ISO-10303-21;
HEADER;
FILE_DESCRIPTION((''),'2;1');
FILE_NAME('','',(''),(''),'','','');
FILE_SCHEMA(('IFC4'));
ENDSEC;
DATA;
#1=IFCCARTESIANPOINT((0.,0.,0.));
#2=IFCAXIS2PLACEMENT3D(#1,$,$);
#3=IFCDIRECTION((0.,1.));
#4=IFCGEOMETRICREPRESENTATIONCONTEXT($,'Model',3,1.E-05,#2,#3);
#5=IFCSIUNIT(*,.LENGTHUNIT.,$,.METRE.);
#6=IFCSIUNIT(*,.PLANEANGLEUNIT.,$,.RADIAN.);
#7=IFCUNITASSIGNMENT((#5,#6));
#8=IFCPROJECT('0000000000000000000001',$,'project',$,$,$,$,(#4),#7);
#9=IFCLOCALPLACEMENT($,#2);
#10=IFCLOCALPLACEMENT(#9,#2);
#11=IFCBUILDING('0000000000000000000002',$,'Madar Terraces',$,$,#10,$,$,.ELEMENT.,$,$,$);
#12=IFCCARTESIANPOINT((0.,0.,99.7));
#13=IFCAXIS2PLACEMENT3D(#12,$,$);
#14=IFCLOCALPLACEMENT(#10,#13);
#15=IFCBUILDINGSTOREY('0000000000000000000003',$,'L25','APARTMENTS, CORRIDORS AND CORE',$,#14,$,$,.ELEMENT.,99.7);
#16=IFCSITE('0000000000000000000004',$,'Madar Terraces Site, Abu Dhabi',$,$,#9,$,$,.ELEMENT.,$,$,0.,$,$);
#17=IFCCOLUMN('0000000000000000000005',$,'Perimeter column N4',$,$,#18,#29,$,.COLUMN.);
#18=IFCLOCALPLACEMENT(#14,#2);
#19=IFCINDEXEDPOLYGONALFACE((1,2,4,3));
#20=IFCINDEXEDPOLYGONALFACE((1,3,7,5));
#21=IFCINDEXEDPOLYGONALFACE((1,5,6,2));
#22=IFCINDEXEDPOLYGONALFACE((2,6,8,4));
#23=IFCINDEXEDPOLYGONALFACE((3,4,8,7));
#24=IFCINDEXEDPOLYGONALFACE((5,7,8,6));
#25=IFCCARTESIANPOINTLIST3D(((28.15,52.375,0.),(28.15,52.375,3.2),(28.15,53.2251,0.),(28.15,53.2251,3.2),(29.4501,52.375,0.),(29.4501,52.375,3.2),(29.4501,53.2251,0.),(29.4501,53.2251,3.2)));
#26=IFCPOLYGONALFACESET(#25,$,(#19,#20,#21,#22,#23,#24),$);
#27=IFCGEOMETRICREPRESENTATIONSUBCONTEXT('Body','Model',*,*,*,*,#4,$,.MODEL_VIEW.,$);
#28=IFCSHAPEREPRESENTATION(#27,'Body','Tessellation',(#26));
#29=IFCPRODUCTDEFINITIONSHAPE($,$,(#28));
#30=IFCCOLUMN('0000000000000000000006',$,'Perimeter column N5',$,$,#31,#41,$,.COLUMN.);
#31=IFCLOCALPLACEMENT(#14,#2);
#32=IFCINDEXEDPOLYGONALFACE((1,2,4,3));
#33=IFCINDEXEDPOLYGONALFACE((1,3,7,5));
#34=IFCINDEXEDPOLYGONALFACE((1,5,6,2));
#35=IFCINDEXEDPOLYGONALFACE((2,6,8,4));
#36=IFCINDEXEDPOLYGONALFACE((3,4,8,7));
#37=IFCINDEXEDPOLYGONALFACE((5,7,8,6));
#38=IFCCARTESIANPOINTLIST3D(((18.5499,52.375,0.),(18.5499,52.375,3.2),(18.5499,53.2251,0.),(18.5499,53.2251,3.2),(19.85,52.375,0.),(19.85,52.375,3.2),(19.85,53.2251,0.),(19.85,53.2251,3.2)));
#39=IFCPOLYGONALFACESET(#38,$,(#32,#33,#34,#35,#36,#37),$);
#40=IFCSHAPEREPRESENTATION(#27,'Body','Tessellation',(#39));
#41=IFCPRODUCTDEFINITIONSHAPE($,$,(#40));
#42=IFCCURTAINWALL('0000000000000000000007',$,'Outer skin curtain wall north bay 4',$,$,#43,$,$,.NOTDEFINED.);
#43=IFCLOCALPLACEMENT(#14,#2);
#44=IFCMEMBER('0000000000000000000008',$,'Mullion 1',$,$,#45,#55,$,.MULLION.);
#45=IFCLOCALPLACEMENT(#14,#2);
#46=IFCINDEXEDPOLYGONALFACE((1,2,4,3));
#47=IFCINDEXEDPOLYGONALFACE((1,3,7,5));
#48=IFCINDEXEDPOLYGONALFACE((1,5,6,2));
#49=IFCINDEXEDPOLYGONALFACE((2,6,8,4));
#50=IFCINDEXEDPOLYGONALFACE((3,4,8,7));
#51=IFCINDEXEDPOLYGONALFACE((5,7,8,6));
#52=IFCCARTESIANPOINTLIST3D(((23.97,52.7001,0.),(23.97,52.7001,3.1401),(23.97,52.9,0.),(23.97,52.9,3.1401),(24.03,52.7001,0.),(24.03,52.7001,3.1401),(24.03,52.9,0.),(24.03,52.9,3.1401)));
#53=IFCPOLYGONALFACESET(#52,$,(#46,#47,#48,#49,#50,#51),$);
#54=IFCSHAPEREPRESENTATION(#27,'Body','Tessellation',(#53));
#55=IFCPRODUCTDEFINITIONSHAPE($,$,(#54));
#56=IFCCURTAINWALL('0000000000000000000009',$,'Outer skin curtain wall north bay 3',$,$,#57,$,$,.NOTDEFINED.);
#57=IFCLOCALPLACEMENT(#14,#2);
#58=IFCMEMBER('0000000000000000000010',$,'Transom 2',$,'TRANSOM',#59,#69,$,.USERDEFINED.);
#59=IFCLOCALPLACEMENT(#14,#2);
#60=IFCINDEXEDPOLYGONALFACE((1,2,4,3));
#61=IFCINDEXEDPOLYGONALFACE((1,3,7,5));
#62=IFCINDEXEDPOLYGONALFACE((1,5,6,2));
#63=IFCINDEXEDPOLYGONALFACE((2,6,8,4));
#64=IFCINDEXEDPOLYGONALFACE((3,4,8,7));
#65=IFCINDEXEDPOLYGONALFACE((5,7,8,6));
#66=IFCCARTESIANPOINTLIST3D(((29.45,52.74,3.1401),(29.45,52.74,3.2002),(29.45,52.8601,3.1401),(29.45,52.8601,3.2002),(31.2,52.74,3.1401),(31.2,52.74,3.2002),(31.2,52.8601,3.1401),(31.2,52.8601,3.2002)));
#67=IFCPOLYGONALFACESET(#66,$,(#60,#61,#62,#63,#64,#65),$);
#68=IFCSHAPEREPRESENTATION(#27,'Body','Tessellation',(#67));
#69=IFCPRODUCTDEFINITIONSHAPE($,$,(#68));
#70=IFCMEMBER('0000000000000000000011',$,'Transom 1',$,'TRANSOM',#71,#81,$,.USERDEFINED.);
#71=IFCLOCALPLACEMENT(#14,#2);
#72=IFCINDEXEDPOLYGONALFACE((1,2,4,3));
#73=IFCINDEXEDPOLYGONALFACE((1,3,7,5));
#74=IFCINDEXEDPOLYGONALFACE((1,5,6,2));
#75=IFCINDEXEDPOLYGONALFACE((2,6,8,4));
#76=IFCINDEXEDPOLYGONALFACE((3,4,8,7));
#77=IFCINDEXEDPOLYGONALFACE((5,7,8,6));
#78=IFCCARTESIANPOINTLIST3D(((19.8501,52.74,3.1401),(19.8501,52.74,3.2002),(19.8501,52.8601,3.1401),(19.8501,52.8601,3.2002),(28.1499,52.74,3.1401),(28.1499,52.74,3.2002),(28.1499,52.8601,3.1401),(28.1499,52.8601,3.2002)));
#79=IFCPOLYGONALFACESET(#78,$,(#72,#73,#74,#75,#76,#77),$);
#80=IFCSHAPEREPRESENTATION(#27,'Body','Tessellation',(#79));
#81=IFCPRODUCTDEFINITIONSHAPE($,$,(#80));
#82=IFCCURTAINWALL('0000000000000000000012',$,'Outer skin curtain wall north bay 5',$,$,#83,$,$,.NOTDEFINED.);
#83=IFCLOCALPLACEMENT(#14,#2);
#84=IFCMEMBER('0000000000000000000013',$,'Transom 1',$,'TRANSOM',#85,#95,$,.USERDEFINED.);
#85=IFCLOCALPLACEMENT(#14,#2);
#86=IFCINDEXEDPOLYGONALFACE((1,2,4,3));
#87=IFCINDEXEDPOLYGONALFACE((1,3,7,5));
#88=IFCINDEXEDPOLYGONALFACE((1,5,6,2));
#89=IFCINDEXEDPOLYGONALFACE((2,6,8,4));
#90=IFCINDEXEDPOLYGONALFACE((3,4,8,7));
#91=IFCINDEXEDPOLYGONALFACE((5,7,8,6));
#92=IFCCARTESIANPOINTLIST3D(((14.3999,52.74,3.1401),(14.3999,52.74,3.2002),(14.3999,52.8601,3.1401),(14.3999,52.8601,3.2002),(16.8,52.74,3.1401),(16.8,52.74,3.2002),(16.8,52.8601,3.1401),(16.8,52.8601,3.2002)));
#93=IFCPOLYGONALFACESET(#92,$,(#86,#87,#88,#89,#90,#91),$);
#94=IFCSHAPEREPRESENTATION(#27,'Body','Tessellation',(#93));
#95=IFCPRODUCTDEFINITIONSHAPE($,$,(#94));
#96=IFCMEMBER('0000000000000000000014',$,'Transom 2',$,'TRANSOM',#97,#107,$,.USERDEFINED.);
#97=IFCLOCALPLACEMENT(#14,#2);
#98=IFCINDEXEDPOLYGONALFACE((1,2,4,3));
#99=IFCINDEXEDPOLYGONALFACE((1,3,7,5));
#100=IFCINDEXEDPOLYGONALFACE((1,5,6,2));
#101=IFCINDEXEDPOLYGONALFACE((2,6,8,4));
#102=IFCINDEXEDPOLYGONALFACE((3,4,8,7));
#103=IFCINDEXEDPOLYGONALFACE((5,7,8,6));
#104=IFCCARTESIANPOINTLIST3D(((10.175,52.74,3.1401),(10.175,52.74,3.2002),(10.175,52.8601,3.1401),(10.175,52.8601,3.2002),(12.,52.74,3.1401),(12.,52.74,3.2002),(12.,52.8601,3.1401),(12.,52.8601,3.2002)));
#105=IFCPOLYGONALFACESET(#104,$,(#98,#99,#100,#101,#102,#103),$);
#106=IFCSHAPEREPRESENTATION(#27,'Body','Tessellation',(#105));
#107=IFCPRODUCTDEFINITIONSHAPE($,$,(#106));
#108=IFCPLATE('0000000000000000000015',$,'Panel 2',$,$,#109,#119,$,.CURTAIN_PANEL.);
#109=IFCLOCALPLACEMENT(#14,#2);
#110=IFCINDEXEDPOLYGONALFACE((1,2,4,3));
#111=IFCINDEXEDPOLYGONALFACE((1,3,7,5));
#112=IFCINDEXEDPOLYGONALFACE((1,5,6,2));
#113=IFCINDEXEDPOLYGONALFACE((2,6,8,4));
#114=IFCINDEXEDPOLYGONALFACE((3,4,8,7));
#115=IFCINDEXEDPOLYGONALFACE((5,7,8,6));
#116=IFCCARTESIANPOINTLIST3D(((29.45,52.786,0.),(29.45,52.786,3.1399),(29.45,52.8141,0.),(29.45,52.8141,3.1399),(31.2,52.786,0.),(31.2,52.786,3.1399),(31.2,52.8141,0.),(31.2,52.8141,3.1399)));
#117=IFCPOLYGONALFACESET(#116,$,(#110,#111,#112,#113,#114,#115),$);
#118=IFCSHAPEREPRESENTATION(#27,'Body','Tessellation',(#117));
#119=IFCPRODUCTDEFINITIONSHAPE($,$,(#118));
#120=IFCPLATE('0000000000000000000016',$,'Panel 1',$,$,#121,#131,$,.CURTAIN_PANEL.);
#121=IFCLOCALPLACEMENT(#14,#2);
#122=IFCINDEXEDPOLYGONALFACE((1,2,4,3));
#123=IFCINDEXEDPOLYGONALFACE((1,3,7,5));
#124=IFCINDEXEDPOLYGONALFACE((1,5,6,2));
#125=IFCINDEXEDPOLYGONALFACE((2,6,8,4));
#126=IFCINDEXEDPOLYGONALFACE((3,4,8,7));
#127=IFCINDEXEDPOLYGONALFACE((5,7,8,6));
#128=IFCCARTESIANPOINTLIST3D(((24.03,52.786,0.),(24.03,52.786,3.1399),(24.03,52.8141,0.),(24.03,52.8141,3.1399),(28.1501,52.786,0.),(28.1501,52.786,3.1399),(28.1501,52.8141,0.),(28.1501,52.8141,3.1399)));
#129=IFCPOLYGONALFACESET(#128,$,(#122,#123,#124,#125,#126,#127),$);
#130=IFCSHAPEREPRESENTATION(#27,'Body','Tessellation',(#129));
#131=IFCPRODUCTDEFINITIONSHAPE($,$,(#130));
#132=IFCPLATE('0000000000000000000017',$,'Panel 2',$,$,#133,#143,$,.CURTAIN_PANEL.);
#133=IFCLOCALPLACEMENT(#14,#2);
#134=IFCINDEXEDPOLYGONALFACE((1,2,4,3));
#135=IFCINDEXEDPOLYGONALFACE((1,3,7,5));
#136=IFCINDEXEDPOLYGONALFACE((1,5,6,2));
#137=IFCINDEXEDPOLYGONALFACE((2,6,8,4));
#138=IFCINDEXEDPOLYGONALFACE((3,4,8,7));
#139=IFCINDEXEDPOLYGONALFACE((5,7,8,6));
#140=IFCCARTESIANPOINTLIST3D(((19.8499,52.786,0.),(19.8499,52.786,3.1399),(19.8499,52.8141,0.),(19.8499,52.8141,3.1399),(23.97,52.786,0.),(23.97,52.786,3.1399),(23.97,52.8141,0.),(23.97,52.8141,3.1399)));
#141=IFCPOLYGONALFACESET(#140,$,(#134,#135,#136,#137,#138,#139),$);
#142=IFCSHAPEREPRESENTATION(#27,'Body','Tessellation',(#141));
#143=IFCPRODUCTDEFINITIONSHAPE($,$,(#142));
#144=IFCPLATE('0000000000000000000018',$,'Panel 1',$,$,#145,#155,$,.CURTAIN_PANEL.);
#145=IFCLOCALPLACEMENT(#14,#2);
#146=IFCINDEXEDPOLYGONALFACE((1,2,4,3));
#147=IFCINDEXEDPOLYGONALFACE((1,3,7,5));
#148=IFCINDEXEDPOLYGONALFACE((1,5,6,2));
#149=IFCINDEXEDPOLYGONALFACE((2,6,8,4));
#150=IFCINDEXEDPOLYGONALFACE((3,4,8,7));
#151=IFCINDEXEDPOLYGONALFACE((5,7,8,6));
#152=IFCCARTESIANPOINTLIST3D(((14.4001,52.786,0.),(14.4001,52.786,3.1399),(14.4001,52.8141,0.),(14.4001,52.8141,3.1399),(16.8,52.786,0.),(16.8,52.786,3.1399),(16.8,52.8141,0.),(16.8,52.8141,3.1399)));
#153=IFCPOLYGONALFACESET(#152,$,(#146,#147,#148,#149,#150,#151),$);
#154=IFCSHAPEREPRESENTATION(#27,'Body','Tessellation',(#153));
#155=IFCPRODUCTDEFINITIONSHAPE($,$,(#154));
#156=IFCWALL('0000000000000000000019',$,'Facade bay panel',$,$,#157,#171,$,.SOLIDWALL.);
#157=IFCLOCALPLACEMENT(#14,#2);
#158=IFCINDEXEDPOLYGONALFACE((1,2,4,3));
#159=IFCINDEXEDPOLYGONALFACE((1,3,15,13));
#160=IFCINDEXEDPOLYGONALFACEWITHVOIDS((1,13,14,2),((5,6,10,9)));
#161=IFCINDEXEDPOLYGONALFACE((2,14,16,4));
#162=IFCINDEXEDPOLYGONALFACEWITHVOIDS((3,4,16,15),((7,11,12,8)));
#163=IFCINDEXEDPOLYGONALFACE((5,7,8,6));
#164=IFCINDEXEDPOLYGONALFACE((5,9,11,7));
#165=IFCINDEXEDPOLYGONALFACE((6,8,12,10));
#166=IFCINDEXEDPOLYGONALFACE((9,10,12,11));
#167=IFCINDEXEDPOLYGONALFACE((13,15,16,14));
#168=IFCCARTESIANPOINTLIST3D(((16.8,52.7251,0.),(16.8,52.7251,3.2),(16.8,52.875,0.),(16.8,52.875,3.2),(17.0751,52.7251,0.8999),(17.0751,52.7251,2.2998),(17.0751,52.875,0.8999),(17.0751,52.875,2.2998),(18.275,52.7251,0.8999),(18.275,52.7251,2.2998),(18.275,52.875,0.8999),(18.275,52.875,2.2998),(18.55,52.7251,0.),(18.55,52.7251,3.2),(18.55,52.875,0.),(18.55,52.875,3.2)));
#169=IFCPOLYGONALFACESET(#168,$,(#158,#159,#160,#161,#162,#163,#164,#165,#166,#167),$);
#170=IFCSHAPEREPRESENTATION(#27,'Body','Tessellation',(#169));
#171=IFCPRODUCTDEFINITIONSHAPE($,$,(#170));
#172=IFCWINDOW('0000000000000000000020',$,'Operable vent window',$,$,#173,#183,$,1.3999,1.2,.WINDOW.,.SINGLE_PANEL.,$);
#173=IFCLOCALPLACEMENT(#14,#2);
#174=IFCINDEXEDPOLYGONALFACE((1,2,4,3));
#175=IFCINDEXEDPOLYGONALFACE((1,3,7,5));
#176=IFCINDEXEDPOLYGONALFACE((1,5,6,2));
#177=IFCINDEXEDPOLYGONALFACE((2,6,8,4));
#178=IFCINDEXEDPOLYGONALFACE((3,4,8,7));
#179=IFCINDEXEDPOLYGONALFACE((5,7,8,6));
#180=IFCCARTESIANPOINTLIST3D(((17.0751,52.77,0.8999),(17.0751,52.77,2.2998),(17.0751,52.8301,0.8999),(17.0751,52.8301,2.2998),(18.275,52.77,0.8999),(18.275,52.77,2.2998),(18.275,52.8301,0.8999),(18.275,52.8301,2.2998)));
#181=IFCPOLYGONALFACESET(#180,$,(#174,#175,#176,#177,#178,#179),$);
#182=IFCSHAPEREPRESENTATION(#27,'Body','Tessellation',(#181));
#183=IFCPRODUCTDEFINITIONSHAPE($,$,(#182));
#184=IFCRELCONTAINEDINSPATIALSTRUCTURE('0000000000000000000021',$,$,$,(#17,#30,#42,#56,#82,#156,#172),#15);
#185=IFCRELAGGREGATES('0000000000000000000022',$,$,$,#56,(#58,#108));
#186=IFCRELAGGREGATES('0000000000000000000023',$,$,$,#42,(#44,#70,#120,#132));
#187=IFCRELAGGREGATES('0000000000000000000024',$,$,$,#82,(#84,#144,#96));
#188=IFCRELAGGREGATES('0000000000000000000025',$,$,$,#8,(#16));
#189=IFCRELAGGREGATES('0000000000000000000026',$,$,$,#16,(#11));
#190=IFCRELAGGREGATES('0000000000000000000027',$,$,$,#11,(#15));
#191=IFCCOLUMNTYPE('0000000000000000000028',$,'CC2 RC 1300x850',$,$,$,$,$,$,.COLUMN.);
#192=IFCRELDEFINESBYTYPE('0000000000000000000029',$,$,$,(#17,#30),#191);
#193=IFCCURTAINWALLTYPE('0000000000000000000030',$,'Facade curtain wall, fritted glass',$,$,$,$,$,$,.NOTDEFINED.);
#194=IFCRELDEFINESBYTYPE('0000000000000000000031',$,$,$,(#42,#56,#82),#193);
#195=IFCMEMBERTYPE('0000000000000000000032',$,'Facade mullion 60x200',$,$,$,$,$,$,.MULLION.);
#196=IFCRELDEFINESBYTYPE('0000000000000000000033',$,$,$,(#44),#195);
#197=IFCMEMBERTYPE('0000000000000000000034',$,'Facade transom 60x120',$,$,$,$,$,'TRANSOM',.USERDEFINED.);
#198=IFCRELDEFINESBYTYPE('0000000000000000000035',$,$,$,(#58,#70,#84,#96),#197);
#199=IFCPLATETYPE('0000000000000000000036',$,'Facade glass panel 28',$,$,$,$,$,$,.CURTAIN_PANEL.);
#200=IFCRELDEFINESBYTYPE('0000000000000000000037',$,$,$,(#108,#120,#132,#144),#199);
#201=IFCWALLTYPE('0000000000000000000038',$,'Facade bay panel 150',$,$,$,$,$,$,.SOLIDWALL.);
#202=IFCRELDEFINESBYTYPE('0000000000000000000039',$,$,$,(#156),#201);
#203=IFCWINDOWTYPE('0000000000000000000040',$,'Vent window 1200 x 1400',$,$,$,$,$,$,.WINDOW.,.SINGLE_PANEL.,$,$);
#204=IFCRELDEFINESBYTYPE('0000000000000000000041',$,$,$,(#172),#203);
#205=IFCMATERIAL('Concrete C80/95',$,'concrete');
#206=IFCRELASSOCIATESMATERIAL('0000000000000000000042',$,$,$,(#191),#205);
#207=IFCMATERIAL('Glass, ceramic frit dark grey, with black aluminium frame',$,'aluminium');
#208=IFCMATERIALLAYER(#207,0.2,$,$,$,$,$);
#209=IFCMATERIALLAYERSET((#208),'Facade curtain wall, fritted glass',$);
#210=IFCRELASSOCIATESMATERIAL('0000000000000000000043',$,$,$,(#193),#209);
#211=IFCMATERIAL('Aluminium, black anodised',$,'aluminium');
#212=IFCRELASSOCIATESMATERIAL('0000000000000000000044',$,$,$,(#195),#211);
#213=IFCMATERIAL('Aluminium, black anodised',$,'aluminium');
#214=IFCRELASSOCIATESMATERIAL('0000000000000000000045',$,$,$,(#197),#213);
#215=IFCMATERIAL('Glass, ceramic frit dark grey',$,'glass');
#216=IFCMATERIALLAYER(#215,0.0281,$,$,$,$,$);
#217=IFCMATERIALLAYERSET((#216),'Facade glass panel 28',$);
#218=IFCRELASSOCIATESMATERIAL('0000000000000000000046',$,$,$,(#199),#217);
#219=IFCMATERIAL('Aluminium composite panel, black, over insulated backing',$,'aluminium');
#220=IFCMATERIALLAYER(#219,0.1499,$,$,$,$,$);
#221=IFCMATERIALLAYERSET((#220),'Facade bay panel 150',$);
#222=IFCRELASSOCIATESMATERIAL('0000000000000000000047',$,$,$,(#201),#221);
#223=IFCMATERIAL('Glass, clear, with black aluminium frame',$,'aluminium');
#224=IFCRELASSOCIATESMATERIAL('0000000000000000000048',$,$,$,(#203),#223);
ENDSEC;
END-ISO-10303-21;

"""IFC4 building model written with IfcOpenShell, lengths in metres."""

from ifc_helpers import new_model, si_unit, direction, frame, frame_2d, origin, origin_2d, place, context, subcontext, project, spatial, rectangle, extrude, material, layer, layer_set, material_profile, profile_set, type_object, element, fill, aggregate, save


model = new_model("IFC4")

# Units and contexts
model_context = context("Model", 3, precision=1e-05, world=origin(), true_north=direction((0.0, 1.0)))
body_context = subcontext(model_context, "Body", "Model", "MODEL_VIEW")
ifc_project = project(units=[si_unit("LENGTHUNIT", "METRE"), si_unit("PLANEANGLEUNIT", "RADIAN")], contexts=[model_context])

# Site, building, storey
site_placement = place(None, origin())
site = spatial("IfcSite", under=ifc_project, at=site_placement, Name="Madar Terraces Site, Abu Dhabi", CompositionType="ELEMENT", RefElevation=0.0)
building_placement = place(site_placement, origin())
building = spatial("IfcBuilding", under=site, at=building_placement, Name="Madar Terraces", CompositionType="ELEMENT")
storey_placement = place(building_placement, frame((0.0, 0.0, 99.7)))
storey = spatial("IfcBuildingStorey", under=building, at=storey_placement, Name="L25", Description="APARTMENTS, CORRIDORS AND CORE", CompositionType="ELEMENT", Elevation=99.7)

# Columns
ifc_material_1 = material(Name="Concrete C80/95", Category="concrete")
ifc_material_profile_1 = material_profile(ifc_material_1, rectangle(XDim=1.3, YDim=0.8501, at=origin_2d()), Name="CC2 RC 1300x850")
ifc_profile_set_1 = profile_set([ifc_material_profile_1], Name="Concrete C80/95")
column_type = type_object("IfcColumnType", Name="CC2 RC 1300x850", PredefinedType="COLUMN", material=ifc_profile_set_1)
for number, where, z_axis, x_axis, name in (
    (1, (28.8, 52.8, 0.0), (0.0, 0.0, 1.0), (1.0, 0.0, 0.0), "Perimeter column N4"),
    (2, (19.2, 52.8, 0.0), (0.0, 0.0, 1.0), (1.0, 0.0, 0.0), "Perimeter column N5"),
):
    element("IfcColumn", number, at=place(storey_placement, frame(where, z_axis=z_axis, x_axis=x_axis)), inside=storey, type_object=column_type, Name=name, PredefinedType="COLUMN", context=body_context, shape_type="SweptSolid", body=[
        extrude(rectangle(XDim=1.3, YDim=0.8501, at=origin_2d()), origin(), (0.0, 0.0, 1.0), 3.2),
    ])

# Curtain walls, members
ifc_material_2 = material(Name="Glass, ceramic frit dark grey, with black aluminium frame", Category="aluminium")
ifc_layer_1 = layer(ifc_material_2, 0.2)
ifc_layer_set_1 = layer_set([ifc_layer_1], Name="Facade curtain wall, fritted glass")
curtain_wall_type = type_object("IfcCurtainWallType", Name="Facade curtain wall, fritted glass", PredefinedType="NOTDEFINED", material=ifc_layer_set_1)
curtain_wall_1_placement = place(storey_placement, origin())
curtain_wall_1 = element("IfcCurtainWall", 3, at=curtain_wall_1_placement, inside=storey, type_object=curtain_wall_type, Name="Outer skin curtain wall north bay 4", PredefinedType="NOTDEFINED")
ifc_material_3 = material(Name="Aluminium, black anodised", Category="aluminium")
ifc_material_profile_2 = material_profile(ifc_material_3, rectangle(XDim=0.2, YDim=0.0601, at=origin_2d()), Name="Facade mullion 60x200")
ifc_profile_set_2 = profile_set([ifc_material_profile_2], Name="Aluminium, black anodised")
member_type_1 = type_object("IfcMemberType", Name="Facade mullion 60x200", PredefinedType="MULLION", material=ifc_profile_set_2)
member_1_placement = place(storey_placement, frame((24.0, 52.8, 0.0), z_axis=(0.0, 0.0, 1.0), x_axis=(0.0, -1.0, 0.0)))
member_1 = element("IfcMember", 4, at=member_1_placement, type_object=member_type_1, Name="Mullion 1", PredefinedType="MULLION", context=body_context, shape_type="SweptSolid", body=[
    extrude(rectangle(XDim=0.2, YDim=0.0601, at=origin_2d()), origin(), (0.0, 0.0, 1.0), 3.1401),
])
curtain_wall_2_placement = place(storey_placement, origin())
curtain_wall_2 = element("IfcCurtainWall", 5, at=curtain_wall_2_placement, inside=storey, type_object=curtain_wall_type, Name="Outer skin curtain wall north bay 3", PredefinedType="NOTDEFINED")
ifc_material_4 = material(Name="Aluminium, black anodised", Category="aluminium")
ifc_material_profile_3 = material_profile(ifc_material_4, rectangle(XDim=0.1201, YDim=0.0601, at=origin_2d()), Name="Facade transom 60x120")
ifc_profile_set_3 = profile_set([ifc_material_profile_3], Name="Aluminium, black anodised")
member_type_2 = type_object("IfcMemberType", Name="Facade transom 60x120", ElementType="TRANSOM", PredefinedType="USERDEFINED", material=ifc_profile_set_3)
member_2_placement = place(storey_placement, frame((31.2, 52.8, 3.1702), z_axis=(-1.0, 0.0, 0.0), x_axis=(0.0, -1.0, 0.0)))
member_2 = element("IfcMember", 6, at=member_2_placement, type_object=member_type_2, Name="Transom 2", ObjectType="TRANSOM", PredefinedType="USERDEFINED", context=body_context, shape_type="SweptSolid", body=[
    extrude(rectangle(XDim=0.1201, YDim=0.0601, at=origin_2d()), origin(), (0.0, 0.0, 1.0), 1.75),
])

# Member
member_3_placement = place(storey_placement, frame((28.1499, 52.8, 3.1702), z_axis=(-1.0, 0.0, 0.0), x_axis=(0.0, -1.0, 0.0)))
member_3 = element("IfcMember", 7, at=member_3_placement, type_object=member_type_2, Name="Transom 1", ObjectType="TRANSOM", PredefinedType="USERDEFINED", context=body_context, shape_type="SweptSolid", body=[
    extrude(rectangle(XDim=0.1201, YDim=0.0601, at=origin_2d()), origin(), (0.0, 0.0, 1.0), 8.2998),
])

# Curtain wall, members
curtain_wall_3_placement = place(storey_placement, origin())
curtain_wall_3 = element("IfcCurtainWall", 8, at=curtain_wall_3_placement, inside=storey, type_object=curtain_wall_type, Name="Outer skin curtain wall north bay 5", PredefinedType="NOTDEFINED")
member_4_placement = place(storey_placement, frame((16.8, 52.8, 3.1702), z_axis=(-1.0, 0.0, 0.0), x_axis=(0.0, -1.0, 0.0)))
member_4 = element("IfcMember", 9, at=member_4_placement, type_object=member_type_2, Name="Transom 1", ObjectType="TRANSOM", PredefinedType="USERDEFINED", context=body_context, shape_type="SweptSolid", body=[
    extrude(rectangle(XDim=0.1201, YDim=0.0601, at=origin_2d()), origin(), (0.0, 0.0, 1.0), 2.4001),
])
member_5_placement = place(storey_placement, frame((12.0, 52.8, 3.1702), z_axis=(-1.0, 0.0, 0.0), x_axis=(0.0, -1.0, 0.0)))
member_5 = element("IfcMember", 10, at=member_5_placement, type_object=member_type_2, Name="Transom 2", ObjectType="TRANSOM", PredefinedType="USERDEFINED", context=body_context, shape_type="SweptSolid", body=[
    extrude(rectangle(XDim=0.1201, YDim=0.0601, at=origin_2d()), origin(), (0.0, 0.0, 1.0), 1.825),
])

# Plates
ifc_material_5 = material(Name="Glass, ceramic frit dark grey", Category="glass")
ifc_layer_2 = layer(ifc_material_5, 0.0281)
ifc_layer_set_2 = layer_set([ifc_layer_2], Name="Facade glass panel 28")
plate_type = type_object("IfcPlateType", Name="Facade glass panel 28", PredefinedType="CURTAIN_PANEL", material=ifc_layer_set_2)
plate_1_placement = place(storey_placement, frame((30.325, 52.8, 0.0), z_axis=(0.0, 0.0, 1.0), x_axis=(-1.0, 0.0, 0.0)))
plate_1 = element("IfcPlate", 11, at=plate_1_placement, type_object=plate_type, Name="Panel 2", PredefinedType="CURTAIN_PANEL", context=body_context, shape_type="SweptSolid", body=[
    extrude(rectangle(XDim=1.75, YDim=0.0281, at=origin_2d()), origin(), (0.0, 0.0, 1.0), 3.1399),
])
aggregate(curtain_wall_2, [member_2, plate_1])
plate_2_placement = place(storey_placement, frame((26.0901, 52.8, 0.0), z_axis=(0.0, 0.0, 1.0), x_axis=(-1.0, 0.0, 0.0)))
plate_2 = element("IfcPlate", 12, at=plate_2_placement, type_object=plate_type, Name="Panel 1", PredefinedType="CURTAIN_PANEL", context=body_context, shape_type="SweptSolid", body=[
    extrude(rectangle(XDim=4.1201, YDim=0.0281, at=origin_2d()), origin(), (0.0, 0.0, 1.0), 3.1399),
])
plate_3_placement = place(storey_placement, frame((21.9099, 52.8, 0.0), z_axis=(0.0, 0.0, 1.0), x_axis=(-1.0, 0.0, 0.0)))
plate_3 = element("IfcPlate", 13, at=plate_3_placement, type_object=plate_type, Name="Panel 2", PredefinedType="CURTAIN_PANEL", context=body_context, shape_type="SweptSolid", body=[
    extrude(rectangle(XDim=4.1201, YDim=0.0281, at=origin_2d()), origin(), (0.0, 0.0, 1.0), 3.1399),
])
aggregate(curtain_wall_1, [member_1, member_3, plate_2, plate_3])
plate_4_placement = place(storey_placement, frame((15.6001, 52.8, 0.0), z_axis=(0.0, 0.0, 1.0), x_axis=(-1.0, 0.0, 0.0)))
plate_4 = element("IfcPlate", 14, at=plate_4_placement, type_object=plate_type, Name="Panel 1", PredefinedType="CURTAIN_PANEL", context=body_context, shape_type="SweptSolid", body=[
    extrude(rectangle(XDim=2.3999, YDim=0.0281, at=origin_2d()), origin(), (0.0, 0.0, 1.0), 3.1399),
])
aggregate(curtain_wall_3, [member_4, plate_4, member_5])

# Wall, opening, window
ifc_material_6 = material(Name="Aluminium composite panel, black, over insulated backing", Category="aluminium")
ifc_layer_3 = layer(ifc_material_6, 0.1499)
ifc_layer_set_3 = layer_set([ifc_layer_3], Name="Facade bay panel 150")
wall_type_1 = type_object("IfcWallType", Name="Facade bay panel 150", PredefinedType="SOLIDWALL", material=ifc_layer_set_3)
wall_1_placement = place(storey_placement, frame((18.55, 52.8, 0.0), z_axis=(0.0, 0.0, 1.0), x_axis=(-1.0, 0.0, 0.0)))
wall_1 = element("IfcWall", 15, at=wall_1_placement, inside=storey, type_object=wall_type_1, Name="Facade bay panel", PredefinedType="SOLIDWALL", context=body_context, shape_type="SweptSolid", body=[
    extrude(rectangle(XDim=1.75, YDim=0.1499, at=frame_2d((0.875, 0.0))), origin(), (0.0, 0.0, 1.0), 3.2),
])
opening_1_placement = place(wall_1_placement, frame((0.2749, 0.0, 0.8999)))
opening_1 = element("IfcOpeningElement", 16, at=opening_1_placement, cuts=wall_1, PredefinedType="OPENING", context=body_context, shape_type="SweptSolid", body=[
    extrude(rectangle(XDim=1.2, YDim=1.3999, at=frame_2d((0.6001, 0.7))), frame((0.0, 0.085, 0.0), z_axis=(0.0, -1.0, 0.0), x_axis=(1.0, 0.0, 0.0)), (0.0, 0.0, 1.0), 0.1699),
])
ifc_material_7 = material(Name="Glass, clear, with black aluminium frame", Category="aluminium")
window_type = type_object("IfcWindowType", Name="Vent window 1200 x 1400", PartitioningType="SINGLE_PANEL", PredefinedType="WINDOW", material=ifc_material_7)
window_placement = place(opening_1_placement, origin())
window = element("IfcWindow", 17, at=window_placement, inside=storey, type_object=window_type, Name="Operable vent window", OverallHeight=1.3999, OverallWidth=1.2, PartitioningType="SINGLE_PANEL", PredefinedType="WINDOW", context=body_context, shape_type="SweptSolid", body=[
    extrude(rectangle(XDim=1.2, YDim=1.3999, at=frame_2d((0.6001, 0.7))), frame((0.0, 0.03, 0.0), z_axis=(0.0, -1.0, 0.0), x_axis=(1.0, 0.0, 0.0)), (0.0, 0.0, 1.0), 0.0601),
])
fill(opening_1, window)

save(model, "model.ifc")
